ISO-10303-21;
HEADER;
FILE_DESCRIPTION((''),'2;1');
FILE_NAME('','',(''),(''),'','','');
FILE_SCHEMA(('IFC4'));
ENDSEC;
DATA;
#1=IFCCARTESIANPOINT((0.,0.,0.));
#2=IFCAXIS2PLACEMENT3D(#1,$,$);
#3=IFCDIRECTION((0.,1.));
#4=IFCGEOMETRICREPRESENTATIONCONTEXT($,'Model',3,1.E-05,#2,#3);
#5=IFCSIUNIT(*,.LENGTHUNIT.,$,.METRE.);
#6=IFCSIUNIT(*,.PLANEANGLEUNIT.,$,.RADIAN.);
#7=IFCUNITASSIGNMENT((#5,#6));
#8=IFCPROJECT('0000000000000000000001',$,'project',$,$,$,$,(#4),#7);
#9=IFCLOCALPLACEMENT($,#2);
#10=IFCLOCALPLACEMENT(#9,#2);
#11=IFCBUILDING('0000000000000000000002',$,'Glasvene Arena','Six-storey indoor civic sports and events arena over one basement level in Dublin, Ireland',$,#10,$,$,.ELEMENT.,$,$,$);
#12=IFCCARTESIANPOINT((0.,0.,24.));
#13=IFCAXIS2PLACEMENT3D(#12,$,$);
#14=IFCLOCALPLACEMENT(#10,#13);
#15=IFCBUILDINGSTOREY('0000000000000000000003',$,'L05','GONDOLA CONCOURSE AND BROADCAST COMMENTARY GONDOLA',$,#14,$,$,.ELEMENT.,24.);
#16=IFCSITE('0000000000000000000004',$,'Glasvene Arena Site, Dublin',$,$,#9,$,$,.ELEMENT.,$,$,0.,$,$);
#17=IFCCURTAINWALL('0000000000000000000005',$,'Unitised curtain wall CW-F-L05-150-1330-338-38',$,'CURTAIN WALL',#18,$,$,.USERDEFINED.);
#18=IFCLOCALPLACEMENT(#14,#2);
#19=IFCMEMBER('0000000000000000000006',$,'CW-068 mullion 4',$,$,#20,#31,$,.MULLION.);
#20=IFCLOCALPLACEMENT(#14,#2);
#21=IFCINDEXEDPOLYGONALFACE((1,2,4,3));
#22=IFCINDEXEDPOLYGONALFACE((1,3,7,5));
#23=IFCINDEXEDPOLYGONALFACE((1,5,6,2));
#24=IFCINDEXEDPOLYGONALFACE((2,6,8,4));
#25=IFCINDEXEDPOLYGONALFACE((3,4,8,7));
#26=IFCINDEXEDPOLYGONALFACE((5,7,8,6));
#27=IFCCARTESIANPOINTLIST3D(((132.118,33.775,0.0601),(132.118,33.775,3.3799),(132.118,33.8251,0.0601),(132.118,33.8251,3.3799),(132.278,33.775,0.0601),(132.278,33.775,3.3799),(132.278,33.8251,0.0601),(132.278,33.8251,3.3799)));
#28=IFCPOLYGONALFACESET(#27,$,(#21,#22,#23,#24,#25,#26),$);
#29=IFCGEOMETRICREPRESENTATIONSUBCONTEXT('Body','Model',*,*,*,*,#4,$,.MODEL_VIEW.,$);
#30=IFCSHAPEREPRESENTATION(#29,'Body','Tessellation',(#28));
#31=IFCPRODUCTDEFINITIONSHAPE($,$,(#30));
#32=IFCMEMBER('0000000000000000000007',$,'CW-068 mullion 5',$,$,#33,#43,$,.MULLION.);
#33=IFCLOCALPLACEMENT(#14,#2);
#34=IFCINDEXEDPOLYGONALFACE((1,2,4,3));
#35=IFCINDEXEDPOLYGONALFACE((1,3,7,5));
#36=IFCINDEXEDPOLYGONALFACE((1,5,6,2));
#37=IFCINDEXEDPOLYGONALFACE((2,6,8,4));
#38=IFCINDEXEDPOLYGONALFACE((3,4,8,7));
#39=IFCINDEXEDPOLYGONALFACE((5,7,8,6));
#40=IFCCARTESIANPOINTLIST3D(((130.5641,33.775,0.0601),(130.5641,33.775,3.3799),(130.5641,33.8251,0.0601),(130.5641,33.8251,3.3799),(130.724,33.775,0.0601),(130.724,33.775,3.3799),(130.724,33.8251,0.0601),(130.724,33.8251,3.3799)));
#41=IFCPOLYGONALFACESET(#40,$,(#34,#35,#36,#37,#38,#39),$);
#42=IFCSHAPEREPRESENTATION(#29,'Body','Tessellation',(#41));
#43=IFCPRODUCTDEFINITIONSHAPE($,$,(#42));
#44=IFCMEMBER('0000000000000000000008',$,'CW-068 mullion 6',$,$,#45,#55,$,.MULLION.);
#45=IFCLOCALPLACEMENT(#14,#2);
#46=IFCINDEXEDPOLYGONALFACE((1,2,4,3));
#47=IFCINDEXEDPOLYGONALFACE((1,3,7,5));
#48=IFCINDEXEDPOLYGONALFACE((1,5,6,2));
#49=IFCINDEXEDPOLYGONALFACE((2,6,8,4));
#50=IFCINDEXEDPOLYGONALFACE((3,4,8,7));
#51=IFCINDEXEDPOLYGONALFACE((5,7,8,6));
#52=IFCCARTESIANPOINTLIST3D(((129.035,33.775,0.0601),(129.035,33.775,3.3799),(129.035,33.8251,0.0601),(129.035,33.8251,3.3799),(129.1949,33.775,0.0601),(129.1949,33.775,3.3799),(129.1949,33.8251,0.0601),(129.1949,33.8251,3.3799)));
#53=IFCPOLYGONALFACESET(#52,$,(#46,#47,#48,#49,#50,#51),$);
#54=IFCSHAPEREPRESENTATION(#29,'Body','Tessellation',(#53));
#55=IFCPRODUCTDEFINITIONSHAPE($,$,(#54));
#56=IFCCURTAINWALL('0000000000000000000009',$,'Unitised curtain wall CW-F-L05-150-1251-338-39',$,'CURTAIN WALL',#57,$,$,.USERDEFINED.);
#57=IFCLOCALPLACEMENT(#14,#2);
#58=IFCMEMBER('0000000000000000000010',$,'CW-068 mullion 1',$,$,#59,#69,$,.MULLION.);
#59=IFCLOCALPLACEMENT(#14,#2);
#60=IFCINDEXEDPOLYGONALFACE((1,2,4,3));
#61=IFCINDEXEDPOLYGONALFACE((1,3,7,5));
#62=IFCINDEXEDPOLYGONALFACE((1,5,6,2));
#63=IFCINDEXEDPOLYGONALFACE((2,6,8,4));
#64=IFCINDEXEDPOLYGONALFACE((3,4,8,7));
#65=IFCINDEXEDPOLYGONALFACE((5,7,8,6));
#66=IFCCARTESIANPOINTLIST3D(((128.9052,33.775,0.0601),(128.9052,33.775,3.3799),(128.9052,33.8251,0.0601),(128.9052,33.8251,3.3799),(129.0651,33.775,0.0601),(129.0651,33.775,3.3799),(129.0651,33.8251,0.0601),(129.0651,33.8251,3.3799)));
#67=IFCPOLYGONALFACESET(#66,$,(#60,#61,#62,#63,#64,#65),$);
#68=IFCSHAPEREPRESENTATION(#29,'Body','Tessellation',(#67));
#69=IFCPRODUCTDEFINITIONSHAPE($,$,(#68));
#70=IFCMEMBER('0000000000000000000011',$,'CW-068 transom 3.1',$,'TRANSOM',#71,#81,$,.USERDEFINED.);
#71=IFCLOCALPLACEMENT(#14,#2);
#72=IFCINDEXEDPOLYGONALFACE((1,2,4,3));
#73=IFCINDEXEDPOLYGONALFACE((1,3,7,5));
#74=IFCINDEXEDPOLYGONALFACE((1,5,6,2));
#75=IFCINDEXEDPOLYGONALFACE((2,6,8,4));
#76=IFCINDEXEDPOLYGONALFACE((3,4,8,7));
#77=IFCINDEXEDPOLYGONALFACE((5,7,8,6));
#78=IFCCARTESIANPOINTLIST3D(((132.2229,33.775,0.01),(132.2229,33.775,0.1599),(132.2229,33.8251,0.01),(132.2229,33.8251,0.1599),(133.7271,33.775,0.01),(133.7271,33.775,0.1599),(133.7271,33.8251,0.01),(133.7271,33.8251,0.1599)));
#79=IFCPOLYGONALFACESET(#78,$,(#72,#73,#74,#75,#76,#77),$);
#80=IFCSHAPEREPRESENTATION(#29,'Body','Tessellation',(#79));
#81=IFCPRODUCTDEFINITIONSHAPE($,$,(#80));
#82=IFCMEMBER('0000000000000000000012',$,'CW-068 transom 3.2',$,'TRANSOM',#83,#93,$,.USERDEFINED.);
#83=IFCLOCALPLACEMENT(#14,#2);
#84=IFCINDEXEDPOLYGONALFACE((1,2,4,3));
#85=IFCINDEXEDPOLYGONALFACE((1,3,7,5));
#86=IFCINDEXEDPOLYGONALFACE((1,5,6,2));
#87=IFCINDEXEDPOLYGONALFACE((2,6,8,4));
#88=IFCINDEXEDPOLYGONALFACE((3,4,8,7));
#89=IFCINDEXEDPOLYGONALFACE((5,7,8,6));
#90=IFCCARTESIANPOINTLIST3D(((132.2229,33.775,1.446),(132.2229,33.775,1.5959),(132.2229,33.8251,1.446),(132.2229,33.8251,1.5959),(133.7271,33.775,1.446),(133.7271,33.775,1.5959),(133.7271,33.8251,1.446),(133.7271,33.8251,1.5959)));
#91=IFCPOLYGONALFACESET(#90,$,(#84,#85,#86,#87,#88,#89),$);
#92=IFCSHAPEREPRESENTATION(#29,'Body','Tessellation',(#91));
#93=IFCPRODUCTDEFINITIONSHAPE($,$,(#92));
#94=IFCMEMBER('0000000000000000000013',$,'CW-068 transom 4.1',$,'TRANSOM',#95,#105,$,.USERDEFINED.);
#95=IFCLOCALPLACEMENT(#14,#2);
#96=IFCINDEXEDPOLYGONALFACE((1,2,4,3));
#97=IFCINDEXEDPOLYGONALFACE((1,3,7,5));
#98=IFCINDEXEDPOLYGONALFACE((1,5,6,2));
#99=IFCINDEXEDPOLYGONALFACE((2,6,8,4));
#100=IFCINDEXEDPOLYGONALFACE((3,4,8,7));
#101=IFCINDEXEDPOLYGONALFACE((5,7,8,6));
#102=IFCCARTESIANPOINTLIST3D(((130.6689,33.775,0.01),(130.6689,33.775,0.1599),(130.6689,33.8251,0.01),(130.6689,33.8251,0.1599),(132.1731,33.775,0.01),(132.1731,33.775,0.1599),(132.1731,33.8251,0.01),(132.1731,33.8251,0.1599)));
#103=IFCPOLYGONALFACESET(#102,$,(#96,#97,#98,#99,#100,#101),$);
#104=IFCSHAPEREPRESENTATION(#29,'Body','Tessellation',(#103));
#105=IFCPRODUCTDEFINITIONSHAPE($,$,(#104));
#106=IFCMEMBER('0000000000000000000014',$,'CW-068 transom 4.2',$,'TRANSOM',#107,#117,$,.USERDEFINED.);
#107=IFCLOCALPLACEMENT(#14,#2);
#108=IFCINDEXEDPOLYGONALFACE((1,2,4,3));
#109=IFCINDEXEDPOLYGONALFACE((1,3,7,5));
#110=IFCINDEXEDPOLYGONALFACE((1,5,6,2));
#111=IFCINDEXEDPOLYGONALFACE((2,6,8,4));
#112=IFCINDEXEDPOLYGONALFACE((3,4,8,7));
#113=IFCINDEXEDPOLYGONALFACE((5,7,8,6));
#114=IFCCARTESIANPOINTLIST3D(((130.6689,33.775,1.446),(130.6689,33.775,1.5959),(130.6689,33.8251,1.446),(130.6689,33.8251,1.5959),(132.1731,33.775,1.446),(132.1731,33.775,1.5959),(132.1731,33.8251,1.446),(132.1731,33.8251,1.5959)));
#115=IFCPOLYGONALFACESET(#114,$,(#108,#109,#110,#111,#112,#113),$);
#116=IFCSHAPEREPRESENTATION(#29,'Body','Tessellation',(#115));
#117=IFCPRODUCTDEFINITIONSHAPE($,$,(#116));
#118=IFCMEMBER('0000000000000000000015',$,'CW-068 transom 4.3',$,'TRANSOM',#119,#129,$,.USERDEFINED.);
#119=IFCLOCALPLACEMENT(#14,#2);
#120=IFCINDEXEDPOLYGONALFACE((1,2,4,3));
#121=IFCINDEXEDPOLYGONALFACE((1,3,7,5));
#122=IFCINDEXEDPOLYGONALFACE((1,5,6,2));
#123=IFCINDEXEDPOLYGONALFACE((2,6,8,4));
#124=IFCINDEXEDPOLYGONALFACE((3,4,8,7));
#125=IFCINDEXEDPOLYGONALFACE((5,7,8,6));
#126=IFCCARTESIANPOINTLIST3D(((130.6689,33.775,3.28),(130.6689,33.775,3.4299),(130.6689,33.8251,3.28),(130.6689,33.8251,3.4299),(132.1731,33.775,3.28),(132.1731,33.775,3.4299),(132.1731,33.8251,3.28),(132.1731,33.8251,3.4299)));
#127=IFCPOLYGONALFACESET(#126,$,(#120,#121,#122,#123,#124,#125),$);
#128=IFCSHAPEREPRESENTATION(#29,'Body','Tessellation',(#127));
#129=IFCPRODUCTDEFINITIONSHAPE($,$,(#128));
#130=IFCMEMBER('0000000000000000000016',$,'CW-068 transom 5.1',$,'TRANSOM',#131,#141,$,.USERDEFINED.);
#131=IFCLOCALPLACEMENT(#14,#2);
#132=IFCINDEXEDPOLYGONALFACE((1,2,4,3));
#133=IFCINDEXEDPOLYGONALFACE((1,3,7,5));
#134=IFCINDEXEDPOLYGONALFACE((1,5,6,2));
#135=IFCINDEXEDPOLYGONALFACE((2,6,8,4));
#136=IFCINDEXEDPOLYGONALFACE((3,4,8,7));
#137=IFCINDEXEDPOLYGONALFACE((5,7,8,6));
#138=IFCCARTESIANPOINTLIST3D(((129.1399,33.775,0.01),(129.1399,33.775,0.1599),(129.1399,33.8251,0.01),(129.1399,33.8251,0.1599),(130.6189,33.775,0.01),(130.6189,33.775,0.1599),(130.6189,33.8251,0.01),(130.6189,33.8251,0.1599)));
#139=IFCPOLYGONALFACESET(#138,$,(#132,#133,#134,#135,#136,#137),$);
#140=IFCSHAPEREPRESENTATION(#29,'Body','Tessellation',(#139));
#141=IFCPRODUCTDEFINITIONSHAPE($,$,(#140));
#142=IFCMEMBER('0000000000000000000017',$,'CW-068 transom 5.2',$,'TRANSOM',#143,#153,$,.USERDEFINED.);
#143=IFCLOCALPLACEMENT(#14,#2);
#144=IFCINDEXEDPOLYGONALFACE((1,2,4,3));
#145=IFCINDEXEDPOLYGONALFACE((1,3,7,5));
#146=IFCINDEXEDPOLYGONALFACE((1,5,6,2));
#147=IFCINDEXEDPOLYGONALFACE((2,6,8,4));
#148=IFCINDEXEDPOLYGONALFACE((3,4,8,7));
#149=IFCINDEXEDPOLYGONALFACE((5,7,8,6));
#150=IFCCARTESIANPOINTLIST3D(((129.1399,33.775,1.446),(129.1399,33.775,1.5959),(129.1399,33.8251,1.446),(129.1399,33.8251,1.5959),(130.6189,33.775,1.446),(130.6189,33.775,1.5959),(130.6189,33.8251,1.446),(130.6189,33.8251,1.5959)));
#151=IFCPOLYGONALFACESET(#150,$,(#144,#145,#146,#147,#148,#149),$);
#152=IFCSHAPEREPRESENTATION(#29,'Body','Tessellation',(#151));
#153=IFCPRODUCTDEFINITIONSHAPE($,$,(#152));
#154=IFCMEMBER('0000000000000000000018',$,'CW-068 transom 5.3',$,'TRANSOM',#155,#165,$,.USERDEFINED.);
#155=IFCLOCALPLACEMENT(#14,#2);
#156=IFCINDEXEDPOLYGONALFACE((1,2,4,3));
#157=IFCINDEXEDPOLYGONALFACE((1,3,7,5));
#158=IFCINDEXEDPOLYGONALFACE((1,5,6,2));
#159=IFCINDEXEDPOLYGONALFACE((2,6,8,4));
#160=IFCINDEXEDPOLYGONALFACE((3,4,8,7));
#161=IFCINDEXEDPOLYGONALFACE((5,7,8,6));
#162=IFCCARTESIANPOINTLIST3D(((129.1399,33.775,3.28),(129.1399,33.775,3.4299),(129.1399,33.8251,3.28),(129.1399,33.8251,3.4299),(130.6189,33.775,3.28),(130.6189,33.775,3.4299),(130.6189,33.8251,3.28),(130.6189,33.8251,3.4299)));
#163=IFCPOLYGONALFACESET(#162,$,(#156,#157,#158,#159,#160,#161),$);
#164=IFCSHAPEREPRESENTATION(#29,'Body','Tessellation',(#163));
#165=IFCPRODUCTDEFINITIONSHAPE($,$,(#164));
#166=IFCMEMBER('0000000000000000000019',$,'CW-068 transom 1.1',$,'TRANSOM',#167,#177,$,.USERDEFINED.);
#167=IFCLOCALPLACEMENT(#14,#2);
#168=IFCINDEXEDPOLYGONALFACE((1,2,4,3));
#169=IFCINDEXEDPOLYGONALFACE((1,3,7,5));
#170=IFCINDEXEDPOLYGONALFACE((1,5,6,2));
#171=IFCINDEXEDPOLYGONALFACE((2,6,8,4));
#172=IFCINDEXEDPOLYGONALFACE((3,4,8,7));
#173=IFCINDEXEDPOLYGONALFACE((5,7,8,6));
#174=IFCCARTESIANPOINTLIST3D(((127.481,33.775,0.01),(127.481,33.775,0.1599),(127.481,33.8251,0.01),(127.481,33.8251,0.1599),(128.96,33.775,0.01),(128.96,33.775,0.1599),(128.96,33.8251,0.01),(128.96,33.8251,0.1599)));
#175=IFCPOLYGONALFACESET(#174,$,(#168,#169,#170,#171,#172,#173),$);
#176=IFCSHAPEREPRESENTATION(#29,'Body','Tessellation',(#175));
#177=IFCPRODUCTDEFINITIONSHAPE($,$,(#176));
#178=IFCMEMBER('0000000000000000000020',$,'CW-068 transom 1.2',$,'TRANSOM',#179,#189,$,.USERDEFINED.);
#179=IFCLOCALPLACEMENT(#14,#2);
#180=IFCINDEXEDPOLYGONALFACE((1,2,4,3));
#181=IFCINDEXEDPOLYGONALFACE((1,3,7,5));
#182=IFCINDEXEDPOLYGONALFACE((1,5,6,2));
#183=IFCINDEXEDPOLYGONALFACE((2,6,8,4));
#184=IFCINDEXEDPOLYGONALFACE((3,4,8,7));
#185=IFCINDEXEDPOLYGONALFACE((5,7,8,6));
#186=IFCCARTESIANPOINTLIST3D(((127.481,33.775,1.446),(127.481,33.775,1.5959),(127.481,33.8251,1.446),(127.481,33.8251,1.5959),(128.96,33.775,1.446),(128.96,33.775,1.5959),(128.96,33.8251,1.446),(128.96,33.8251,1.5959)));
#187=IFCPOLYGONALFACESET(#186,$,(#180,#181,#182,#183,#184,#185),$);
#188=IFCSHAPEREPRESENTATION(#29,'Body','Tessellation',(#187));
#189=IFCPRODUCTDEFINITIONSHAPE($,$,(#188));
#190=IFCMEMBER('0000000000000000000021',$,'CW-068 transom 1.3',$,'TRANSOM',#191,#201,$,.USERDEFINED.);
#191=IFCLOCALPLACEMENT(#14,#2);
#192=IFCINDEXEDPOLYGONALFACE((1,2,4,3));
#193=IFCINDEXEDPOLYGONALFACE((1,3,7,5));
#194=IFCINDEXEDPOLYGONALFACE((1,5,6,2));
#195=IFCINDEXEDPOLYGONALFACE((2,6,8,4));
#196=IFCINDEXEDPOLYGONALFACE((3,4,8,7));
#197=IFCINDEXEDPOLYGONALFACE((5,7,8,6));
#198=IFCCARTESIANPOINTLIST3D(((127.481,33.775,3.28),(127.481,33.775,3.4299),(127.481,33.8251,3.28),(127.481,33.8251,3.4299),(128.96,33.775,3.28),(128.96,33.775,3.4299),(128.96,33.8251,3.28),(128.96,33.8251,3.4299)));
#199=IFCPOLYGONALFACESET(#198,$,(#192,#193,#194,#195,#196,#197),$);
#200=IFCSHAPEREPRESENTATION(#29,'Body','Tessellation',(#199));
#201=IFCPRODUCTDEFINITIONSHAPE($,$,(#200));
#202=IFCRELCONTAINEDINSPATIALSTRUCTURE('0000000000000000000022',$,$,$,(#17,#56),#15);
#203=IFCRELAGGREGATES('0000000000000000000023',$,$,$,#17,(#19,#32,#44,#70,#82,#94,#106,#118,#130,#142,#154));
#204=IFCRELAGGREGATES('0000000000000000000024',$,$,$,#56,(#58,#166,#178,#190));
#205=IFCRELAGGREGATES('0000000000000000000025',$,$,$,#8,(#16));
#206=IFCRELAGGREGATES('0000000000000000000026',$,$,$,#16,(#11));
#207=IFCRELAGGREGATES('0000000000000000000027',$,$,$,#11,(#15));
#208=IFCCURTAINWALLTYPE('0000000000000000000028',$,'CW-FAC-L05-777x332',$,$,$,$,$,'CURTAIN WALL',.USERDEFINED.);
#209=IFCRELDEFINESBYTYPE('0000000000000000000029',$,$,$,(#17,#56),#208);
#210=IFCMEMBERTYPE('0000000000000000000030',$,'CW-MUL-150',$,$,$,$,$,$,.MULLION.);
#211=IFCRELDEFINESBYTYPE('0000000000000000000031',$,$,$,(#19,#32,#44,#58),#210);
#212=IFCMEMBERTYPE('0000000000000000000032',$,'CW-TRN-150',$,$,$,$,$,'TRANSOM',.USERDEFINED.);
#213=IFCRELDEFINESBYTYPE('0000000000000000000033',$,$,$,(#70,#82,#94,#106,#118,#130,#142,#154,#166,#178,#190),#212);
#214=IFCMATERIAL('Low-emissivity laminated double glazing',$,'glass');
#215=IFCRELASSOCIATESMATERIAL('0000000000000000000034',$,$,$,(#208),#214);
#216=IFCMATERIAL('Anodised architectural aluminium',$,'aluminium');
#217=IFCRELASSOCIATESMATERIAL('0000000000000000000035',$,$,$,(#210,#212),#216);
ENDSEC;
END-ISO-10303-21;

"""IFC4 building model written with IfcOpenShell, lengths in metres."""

from ifc_helpers import new_model, si_unit, direction, frame, origin, origin_2d, place, context, subcontext, project, spatial, rectangle, extrude, material, material_profile, profile_set, type_object, element, aggregate, save


model = new_model("IFC4")

# Units and contexts
model_context = context("Model", 3, precision=1e-05, world=origin(), true_north=direction((0.0, 1.0)))
body_context = subcontext(model_context, "Body", "Model", "MODEL_VIEW")
ifc_project = project(units=[si_unit("LENGTHUNIT", "METRE"), si_unit("PLANEANGLEUNIT", "RADIAN")], contexts=[model_context])

# Site, building, storey
site_placement = place(None, origin())
site = spatial("IfcSite", under=ifc_project, at=site_placement, Name="Glasvene Arena Site, Dublin", CompositionType="ELEMENT", RefElevation=0.0)
building_placement = place(site_placement, origin())
building = spatial("IfcBuilding", under=site, at=building_placement, Name="Glasvene Arena", Description="Six-storey indoor civic sports and events arena over one basement level in Dublin, Ireland", CompositionType="ELEMENT")
storey_placement = place(building_placement, frame((0.0, 0.0, 24.0)))
storey = spatial("IfcBuildingStorey", under=building, at=storey_placement, Name="L05", Description="GONDOLA CONCOURSE AND BROADCAST COMMENTARY GONDOLA", CompositionType="ELEMENT", Elevation=24.0)

# Curtain wall, members
ifc_material_1 = material(Name="Low-emissivity laminated double glazing", Category="glass")
curtain_wall_type = type_object("IfcCurtainWallType", Name="CW-FAC-L05-777x332", ElementType="CURTAIN WALL", PredefinedType="USERDEFINED", material=ifc_material_1)
curtain_wall_1_placement = place(storey_placement, frame((136.8601, 33.8, 0.0)))
curtain_wall_1 = element("IfcCurtainWall", 1, at=curtain_wall_1_placement, inside=storey, type_object=curtain_wall_type, Name="Unitised curtain wall CW-F-L05-150-1330-338-38", ObjectType="CURTAIN WALL", PredefinedType="USERDEFINED")
ifc_material_2 = material(Name="Anodised architectural aluminium", Category="aluminium")
ifc_material_profile_1 = material_profile(ifc_material_2, rectangle(XDim=0.05, YDim=0.1599, at=origin_2d()), Name="ALU MULLION 50x160")
ifc_profile_set_1 = profile_set([ifc_material_profile_1], Name="Anodised architectural aluminium")
member_type_1 = type_object("IfcMemberType", Name="CW-MUL-150", PredefinedType="MULLION", material=ifc_profile_set_1)
member_1_placement = place(storey_placement, frame((132.198, 33.8, 0.0601), z_axis=(0.0, 0.0, 1.0), x_axis=(0.0, -1.0, 0.0)))
member_1 = element("IfcMember", 2, at=member_1_placement, type_object=member_type_1, Name="CW-068 mullion 4", PredefinedType="MULLION", context=body_context, shape_type="SweptSolid", body=[
    extrude(rectangle(XDim=0.05, YDim=0.1599, at=origin_2d()), origin(), (0.0, 0.0, 1.0), 3.3198),
])
member_2_placement = place(storey_placement, frame((130.644, 33.8, 0.0601), z_axis=(0.0, 0.0, 1.0), x_axis=(0.0, -1.0, 0.0)))
member_2 = element("IfcMember", 3, at=member_2_placement, type_object=member_type_1, Name="CW-068 mullion 5", PredefinedType="MULLION", context=body_context, shape_type="SweptSolid", body=[
    extrude(rectangle(XDim=0.05, YDim=0.1599, at=origin_2d()), origin(), (0.0, 0.0, 1.0), 3.3198),
])
member_3_placement = place(storey_placement, frame((129.115, 33.8, 0.0601), z_axis=(0.0, 0.0, 1.0), x_axis=(0.0, -1.0, 0.0)))
member_3 = element("IfcMember", 4, at=member_3_placement, type_object=member_type_1, Name="CW-068 mullion 6", PredefinedType="MULLION", context=body_context, shape_type="SweptSolid", body=[
    extrude(rectangle(XDim=0.05, YDim=0.1599, at=origin_2d()), origin(), (0.0, 0.0, 1.0), 3.3198),
])

# Curtain wall, member
curtain_wall_2_placement = place(storey_placement, frame((129.01, 33.8, 0.0)))
curtain_wall_2 = element("IfcCurtainWall", 5, at=curtain_wall_2_placement, inside=storey, type_object=curtain_wall_type, Name="Unitised curtain wall CW-F-L05-150-1251-338-39", ObjectType="CURTAIN WALL", PredefinedType="USERDEFINED")
member_4_placement = place(storey_placement, frame((128.9851, 33.8, 0.0601), z_axis=(0.0, 0.0, 1.0), x_axis=(0.0, -1.0, 0.0)))
member_4 = element("IfcMember", 6, at=member_4_placement, type_object=member_type_1, Name="CW-068 mullion 1", PredefinedType="MULLION", context=body_context, shape_type="SweptSolid", body=[
    extrude(rectangle(XDim=0.05, YDim=0.1599, at=origin_2d()), origin(), (0.0, 0.0, 1.0), 3.3198),
])

# Members
ifc_material_profile_2 = material_profile(ifc_material_2, rectangle(XDim=0.05, YDim=0.1499, at=origin_2d()), Name="ALU TRANSOM 50x150")
ifc_profile_set_2 = profile_set([ifc_material_profile_2], Name="Anodised architectural aluminium")
member_type_2 = type_object("IfcMemberType", Name="CW-TRN-150", ElementType="TRANSOM", PredefinedType="USERDEFINED", material=ifc_profile_set_2)
member_5_placement = place(storey_placement, frame((133.7271, 33.8, 0.085), z_axis=(-1.0, 0.0, 0.0), x_axis=(0.0, -1.0, 0.0)))
member_5 = element("IfcMember", 7, at=member_5_placement, type_object=member_type_2, Name="CW-068 transom 3.1", ObjectType="TRANSOM", PredefinedType="USERDEFINED", context=body_context, shape_type="SweptSolid", body=[
    extrude(rectangle(XDim=0.05, YDim=0.1499, at=origin_2d()), origin(), (0.0, 0.0, 1.0), 1.5042),
])
member_6_placement = place(storey_placement, frame((133.7271, 33.8, 1.521), z_axis=(-1.0, 0.0, 0.0), x_axis=(0.0, -1.0, 0.0)))
member_6 = element("IfcMember", 8, at=member_6_placement, type_object=member_type_2, Name="CW-068 transom 3.2", ObjectType="TRANSOM", PredefinedType="USERDEFINED", context=body_context, shape_type="SweptSolid", body=[
    extrude(rectangle(XDim=0.05, YDim=0.1499, at=origin_2d()), origin(), (0.0, 0.0, 1.0), 1.5042),
])
member_7_placement = place(storey_placement, frame((132.1731, 33.8, 0.085), z_axis=(-1.0, 0.0, 0.0), x_axis=(0.0, -1.0, 0.0)))
member_7 = element("IfcMember", 9, at=member_7_placement, type_object=member_type_2, Name="CW-068 transom 4.1", ObjectType="TRANSOM", PredefinedType="USERDEFINED", context=body_context, shape_type="SweptSolid", body=[
    extrude(rectangle(XDim=0.05, YDim=0.1499, at=origin_2d()), origin(), (0.0, 0.0, 1.0), 1.5042),
])
member_8_placement = place(storey_placement, frame((132.1731, 33.8, 1.521), z_axis=(-1.0, 0.0, 0.0), x_axis=(0.0, -1.0, 0.0)))
member_8 = element("IfcMember", 10, at=member_8_placement, type_object=member_type_2, Name="CW-068 transom 4.2", ObjectType="TRANSOM", PredefinedType="USERDEFINED", context=body_context, shape_type="SweptSolid", body=[
    extrude(rectangle(XDim=0.05, YDim=0.1499, at=origin_2d()), origin(), (0.0, 0.0, 1.0), 1.5042),
])
member_9_placement = place(storey_placement, frame((132.1731, 33.8, 3.355), z_axis=(-1.0, 0.0, 0.0), x_axis=(0.0, -1.0, 0.0)))
member_9 = element("IfcMember", 11, at=member_9_placement, type_object=member_type_2, Name="CW-068 transom 4.3", ObjectType="TRANSOM", PredefinedType="USERDEFINED", context=body_context, shape_type="SweptSolid", body=[
    extrude(rectangle(XDim=0.05, YDim=0.1499, at=origin_2d()), origin(), (0.0, 0.0, 1.0), 1.5042),
])
member_10_placement = place(storey_placement, frame((130.6189, 33.8, 0.085), z_axis=(-1.0, 0.0, 0.0), x_axis=(0.0, -1.0, 0.0)))
member_10 = element("IfcMember", 12, at=member_10_placement, type_object=member_type_2, Name="CW-068 transom 5.1", ObjectType="TRANSOM", PredefinedType="USERDEFINED", context=body_context, shape_type="SweptSolid", body=[
    extrude(rectangle(XDim=0.05, YDim=0.1499, at=origin_2d()), origin(), (0.0, 0.0, 1.0), 1.479),
])
member_11_placement = place(storey_placement, frame((130.6189, 33.8, 1.521), z_axis=(-1.0, 0.0, 0.0), x_axis=(0.0, -1.0, 0.0)))
member_11 = element("IfcMember", 13, at=member_11_placement, type_object=member_type_2, Name="CW-068 transom 5.2", ObjectType="TRANSOM", PredefinedType="USERDEFINED", context=body_context, shape_type="SweptSolid", body=[
    extrude(rectangle(XDim=0.05, YDim=0.1499, at=origin_2d()), origin(), (0.0, 0.0, 1.0), 1.479),
])
member_12_placement = place(storey_placement, frame((130.6189, 33.8, 3.355), z_axis=(-1.0, 0.0, 0.0), x_axis=(0.0, -1.0, 0.0)))
member_12 = element("IfcMember", 14, at=member_12_placement, type_object=member_type_2, Name="CW-068 transom 5.3", ObjectType="TRANSOM", PredefinedType="USERDEFINED", context=body_context, shape_type="SweptSolid", body=[
    extrude(rectangle(XDim=0.05, YDim=0.1499, at=origin_2d()), origin(), (0.0, 0.0, 1.0), 1.479),
])
member_13_placement = place(storey_placement, frame((128.96, 33.8, 0.085), z_axis=(-1.0, 0.0, 0.0), x_axis=(0.0, -1.0, 0.0)))
member_13 = element("IfcMember", 15, at=member_13_placement, type_object=member_type_2, Name="CW-068 transom 1.1", ObjectType="TRANSOM", PredefinedType="USERDEFINED", context=body_context, shape_type="SweptSolid", body=[
    extrude(rectangle(XDim=0.05, YDim=0.1499, at=origin_2d()), origin(), (0.0, 0.0, 1.0), 1.479),
])
member_14_placement = place(storey_placement, frame((128.96, 33.8, 1.521), z_axis=(-1.0, 0.0, 0.0), x_axis=(0.0, -1.0, 0.0)))
member_14 = element("IfcMember", 16, at=member_14_placement, type_object=member_type_2, Name="CW-068 transom 1.2", ObjectType="TRANSOM", PredefinedType="USERDEFINED", context=body_context, shape_type="SweptSolid", body=[
    extrude(rectangle(XDim=0.05, YDim=0.1499, at=origin_2d()), origin(), (0.0, 0.0, 1.0), 1.479),
])
member_15_placement = place(storey_placement, frame((128.96, 33.8, 3.355), z_axis=(-1.0, 0.0, 0.0), x_axis=(0.0, -1.0, 0.0)))
member_15 = element("IfcMember", 17, at=member_15_placement, type_object=member_type_2, Name="CW-068 transom 1.3", ObjectType="TRANSOM", PredefinedType="USERDEFINED", context=body_context, shape_type="SweptSolid", body=[
    extrude(rectangle(XDim=0.05, YDim=0.1499, at=origin_2d()), origin(), (0.0, 0.0, 1.0), 1.479),
])

aggregate(curtain_wall_1, [member_1, member_2, member_3, member_5, member_6, member_7, member_8, member_9, member_10, member_11, member_12])
aggregate(curtain_wall_2, [member_4, member_13, member_14, member_15])

save(model, "model.ifc")
